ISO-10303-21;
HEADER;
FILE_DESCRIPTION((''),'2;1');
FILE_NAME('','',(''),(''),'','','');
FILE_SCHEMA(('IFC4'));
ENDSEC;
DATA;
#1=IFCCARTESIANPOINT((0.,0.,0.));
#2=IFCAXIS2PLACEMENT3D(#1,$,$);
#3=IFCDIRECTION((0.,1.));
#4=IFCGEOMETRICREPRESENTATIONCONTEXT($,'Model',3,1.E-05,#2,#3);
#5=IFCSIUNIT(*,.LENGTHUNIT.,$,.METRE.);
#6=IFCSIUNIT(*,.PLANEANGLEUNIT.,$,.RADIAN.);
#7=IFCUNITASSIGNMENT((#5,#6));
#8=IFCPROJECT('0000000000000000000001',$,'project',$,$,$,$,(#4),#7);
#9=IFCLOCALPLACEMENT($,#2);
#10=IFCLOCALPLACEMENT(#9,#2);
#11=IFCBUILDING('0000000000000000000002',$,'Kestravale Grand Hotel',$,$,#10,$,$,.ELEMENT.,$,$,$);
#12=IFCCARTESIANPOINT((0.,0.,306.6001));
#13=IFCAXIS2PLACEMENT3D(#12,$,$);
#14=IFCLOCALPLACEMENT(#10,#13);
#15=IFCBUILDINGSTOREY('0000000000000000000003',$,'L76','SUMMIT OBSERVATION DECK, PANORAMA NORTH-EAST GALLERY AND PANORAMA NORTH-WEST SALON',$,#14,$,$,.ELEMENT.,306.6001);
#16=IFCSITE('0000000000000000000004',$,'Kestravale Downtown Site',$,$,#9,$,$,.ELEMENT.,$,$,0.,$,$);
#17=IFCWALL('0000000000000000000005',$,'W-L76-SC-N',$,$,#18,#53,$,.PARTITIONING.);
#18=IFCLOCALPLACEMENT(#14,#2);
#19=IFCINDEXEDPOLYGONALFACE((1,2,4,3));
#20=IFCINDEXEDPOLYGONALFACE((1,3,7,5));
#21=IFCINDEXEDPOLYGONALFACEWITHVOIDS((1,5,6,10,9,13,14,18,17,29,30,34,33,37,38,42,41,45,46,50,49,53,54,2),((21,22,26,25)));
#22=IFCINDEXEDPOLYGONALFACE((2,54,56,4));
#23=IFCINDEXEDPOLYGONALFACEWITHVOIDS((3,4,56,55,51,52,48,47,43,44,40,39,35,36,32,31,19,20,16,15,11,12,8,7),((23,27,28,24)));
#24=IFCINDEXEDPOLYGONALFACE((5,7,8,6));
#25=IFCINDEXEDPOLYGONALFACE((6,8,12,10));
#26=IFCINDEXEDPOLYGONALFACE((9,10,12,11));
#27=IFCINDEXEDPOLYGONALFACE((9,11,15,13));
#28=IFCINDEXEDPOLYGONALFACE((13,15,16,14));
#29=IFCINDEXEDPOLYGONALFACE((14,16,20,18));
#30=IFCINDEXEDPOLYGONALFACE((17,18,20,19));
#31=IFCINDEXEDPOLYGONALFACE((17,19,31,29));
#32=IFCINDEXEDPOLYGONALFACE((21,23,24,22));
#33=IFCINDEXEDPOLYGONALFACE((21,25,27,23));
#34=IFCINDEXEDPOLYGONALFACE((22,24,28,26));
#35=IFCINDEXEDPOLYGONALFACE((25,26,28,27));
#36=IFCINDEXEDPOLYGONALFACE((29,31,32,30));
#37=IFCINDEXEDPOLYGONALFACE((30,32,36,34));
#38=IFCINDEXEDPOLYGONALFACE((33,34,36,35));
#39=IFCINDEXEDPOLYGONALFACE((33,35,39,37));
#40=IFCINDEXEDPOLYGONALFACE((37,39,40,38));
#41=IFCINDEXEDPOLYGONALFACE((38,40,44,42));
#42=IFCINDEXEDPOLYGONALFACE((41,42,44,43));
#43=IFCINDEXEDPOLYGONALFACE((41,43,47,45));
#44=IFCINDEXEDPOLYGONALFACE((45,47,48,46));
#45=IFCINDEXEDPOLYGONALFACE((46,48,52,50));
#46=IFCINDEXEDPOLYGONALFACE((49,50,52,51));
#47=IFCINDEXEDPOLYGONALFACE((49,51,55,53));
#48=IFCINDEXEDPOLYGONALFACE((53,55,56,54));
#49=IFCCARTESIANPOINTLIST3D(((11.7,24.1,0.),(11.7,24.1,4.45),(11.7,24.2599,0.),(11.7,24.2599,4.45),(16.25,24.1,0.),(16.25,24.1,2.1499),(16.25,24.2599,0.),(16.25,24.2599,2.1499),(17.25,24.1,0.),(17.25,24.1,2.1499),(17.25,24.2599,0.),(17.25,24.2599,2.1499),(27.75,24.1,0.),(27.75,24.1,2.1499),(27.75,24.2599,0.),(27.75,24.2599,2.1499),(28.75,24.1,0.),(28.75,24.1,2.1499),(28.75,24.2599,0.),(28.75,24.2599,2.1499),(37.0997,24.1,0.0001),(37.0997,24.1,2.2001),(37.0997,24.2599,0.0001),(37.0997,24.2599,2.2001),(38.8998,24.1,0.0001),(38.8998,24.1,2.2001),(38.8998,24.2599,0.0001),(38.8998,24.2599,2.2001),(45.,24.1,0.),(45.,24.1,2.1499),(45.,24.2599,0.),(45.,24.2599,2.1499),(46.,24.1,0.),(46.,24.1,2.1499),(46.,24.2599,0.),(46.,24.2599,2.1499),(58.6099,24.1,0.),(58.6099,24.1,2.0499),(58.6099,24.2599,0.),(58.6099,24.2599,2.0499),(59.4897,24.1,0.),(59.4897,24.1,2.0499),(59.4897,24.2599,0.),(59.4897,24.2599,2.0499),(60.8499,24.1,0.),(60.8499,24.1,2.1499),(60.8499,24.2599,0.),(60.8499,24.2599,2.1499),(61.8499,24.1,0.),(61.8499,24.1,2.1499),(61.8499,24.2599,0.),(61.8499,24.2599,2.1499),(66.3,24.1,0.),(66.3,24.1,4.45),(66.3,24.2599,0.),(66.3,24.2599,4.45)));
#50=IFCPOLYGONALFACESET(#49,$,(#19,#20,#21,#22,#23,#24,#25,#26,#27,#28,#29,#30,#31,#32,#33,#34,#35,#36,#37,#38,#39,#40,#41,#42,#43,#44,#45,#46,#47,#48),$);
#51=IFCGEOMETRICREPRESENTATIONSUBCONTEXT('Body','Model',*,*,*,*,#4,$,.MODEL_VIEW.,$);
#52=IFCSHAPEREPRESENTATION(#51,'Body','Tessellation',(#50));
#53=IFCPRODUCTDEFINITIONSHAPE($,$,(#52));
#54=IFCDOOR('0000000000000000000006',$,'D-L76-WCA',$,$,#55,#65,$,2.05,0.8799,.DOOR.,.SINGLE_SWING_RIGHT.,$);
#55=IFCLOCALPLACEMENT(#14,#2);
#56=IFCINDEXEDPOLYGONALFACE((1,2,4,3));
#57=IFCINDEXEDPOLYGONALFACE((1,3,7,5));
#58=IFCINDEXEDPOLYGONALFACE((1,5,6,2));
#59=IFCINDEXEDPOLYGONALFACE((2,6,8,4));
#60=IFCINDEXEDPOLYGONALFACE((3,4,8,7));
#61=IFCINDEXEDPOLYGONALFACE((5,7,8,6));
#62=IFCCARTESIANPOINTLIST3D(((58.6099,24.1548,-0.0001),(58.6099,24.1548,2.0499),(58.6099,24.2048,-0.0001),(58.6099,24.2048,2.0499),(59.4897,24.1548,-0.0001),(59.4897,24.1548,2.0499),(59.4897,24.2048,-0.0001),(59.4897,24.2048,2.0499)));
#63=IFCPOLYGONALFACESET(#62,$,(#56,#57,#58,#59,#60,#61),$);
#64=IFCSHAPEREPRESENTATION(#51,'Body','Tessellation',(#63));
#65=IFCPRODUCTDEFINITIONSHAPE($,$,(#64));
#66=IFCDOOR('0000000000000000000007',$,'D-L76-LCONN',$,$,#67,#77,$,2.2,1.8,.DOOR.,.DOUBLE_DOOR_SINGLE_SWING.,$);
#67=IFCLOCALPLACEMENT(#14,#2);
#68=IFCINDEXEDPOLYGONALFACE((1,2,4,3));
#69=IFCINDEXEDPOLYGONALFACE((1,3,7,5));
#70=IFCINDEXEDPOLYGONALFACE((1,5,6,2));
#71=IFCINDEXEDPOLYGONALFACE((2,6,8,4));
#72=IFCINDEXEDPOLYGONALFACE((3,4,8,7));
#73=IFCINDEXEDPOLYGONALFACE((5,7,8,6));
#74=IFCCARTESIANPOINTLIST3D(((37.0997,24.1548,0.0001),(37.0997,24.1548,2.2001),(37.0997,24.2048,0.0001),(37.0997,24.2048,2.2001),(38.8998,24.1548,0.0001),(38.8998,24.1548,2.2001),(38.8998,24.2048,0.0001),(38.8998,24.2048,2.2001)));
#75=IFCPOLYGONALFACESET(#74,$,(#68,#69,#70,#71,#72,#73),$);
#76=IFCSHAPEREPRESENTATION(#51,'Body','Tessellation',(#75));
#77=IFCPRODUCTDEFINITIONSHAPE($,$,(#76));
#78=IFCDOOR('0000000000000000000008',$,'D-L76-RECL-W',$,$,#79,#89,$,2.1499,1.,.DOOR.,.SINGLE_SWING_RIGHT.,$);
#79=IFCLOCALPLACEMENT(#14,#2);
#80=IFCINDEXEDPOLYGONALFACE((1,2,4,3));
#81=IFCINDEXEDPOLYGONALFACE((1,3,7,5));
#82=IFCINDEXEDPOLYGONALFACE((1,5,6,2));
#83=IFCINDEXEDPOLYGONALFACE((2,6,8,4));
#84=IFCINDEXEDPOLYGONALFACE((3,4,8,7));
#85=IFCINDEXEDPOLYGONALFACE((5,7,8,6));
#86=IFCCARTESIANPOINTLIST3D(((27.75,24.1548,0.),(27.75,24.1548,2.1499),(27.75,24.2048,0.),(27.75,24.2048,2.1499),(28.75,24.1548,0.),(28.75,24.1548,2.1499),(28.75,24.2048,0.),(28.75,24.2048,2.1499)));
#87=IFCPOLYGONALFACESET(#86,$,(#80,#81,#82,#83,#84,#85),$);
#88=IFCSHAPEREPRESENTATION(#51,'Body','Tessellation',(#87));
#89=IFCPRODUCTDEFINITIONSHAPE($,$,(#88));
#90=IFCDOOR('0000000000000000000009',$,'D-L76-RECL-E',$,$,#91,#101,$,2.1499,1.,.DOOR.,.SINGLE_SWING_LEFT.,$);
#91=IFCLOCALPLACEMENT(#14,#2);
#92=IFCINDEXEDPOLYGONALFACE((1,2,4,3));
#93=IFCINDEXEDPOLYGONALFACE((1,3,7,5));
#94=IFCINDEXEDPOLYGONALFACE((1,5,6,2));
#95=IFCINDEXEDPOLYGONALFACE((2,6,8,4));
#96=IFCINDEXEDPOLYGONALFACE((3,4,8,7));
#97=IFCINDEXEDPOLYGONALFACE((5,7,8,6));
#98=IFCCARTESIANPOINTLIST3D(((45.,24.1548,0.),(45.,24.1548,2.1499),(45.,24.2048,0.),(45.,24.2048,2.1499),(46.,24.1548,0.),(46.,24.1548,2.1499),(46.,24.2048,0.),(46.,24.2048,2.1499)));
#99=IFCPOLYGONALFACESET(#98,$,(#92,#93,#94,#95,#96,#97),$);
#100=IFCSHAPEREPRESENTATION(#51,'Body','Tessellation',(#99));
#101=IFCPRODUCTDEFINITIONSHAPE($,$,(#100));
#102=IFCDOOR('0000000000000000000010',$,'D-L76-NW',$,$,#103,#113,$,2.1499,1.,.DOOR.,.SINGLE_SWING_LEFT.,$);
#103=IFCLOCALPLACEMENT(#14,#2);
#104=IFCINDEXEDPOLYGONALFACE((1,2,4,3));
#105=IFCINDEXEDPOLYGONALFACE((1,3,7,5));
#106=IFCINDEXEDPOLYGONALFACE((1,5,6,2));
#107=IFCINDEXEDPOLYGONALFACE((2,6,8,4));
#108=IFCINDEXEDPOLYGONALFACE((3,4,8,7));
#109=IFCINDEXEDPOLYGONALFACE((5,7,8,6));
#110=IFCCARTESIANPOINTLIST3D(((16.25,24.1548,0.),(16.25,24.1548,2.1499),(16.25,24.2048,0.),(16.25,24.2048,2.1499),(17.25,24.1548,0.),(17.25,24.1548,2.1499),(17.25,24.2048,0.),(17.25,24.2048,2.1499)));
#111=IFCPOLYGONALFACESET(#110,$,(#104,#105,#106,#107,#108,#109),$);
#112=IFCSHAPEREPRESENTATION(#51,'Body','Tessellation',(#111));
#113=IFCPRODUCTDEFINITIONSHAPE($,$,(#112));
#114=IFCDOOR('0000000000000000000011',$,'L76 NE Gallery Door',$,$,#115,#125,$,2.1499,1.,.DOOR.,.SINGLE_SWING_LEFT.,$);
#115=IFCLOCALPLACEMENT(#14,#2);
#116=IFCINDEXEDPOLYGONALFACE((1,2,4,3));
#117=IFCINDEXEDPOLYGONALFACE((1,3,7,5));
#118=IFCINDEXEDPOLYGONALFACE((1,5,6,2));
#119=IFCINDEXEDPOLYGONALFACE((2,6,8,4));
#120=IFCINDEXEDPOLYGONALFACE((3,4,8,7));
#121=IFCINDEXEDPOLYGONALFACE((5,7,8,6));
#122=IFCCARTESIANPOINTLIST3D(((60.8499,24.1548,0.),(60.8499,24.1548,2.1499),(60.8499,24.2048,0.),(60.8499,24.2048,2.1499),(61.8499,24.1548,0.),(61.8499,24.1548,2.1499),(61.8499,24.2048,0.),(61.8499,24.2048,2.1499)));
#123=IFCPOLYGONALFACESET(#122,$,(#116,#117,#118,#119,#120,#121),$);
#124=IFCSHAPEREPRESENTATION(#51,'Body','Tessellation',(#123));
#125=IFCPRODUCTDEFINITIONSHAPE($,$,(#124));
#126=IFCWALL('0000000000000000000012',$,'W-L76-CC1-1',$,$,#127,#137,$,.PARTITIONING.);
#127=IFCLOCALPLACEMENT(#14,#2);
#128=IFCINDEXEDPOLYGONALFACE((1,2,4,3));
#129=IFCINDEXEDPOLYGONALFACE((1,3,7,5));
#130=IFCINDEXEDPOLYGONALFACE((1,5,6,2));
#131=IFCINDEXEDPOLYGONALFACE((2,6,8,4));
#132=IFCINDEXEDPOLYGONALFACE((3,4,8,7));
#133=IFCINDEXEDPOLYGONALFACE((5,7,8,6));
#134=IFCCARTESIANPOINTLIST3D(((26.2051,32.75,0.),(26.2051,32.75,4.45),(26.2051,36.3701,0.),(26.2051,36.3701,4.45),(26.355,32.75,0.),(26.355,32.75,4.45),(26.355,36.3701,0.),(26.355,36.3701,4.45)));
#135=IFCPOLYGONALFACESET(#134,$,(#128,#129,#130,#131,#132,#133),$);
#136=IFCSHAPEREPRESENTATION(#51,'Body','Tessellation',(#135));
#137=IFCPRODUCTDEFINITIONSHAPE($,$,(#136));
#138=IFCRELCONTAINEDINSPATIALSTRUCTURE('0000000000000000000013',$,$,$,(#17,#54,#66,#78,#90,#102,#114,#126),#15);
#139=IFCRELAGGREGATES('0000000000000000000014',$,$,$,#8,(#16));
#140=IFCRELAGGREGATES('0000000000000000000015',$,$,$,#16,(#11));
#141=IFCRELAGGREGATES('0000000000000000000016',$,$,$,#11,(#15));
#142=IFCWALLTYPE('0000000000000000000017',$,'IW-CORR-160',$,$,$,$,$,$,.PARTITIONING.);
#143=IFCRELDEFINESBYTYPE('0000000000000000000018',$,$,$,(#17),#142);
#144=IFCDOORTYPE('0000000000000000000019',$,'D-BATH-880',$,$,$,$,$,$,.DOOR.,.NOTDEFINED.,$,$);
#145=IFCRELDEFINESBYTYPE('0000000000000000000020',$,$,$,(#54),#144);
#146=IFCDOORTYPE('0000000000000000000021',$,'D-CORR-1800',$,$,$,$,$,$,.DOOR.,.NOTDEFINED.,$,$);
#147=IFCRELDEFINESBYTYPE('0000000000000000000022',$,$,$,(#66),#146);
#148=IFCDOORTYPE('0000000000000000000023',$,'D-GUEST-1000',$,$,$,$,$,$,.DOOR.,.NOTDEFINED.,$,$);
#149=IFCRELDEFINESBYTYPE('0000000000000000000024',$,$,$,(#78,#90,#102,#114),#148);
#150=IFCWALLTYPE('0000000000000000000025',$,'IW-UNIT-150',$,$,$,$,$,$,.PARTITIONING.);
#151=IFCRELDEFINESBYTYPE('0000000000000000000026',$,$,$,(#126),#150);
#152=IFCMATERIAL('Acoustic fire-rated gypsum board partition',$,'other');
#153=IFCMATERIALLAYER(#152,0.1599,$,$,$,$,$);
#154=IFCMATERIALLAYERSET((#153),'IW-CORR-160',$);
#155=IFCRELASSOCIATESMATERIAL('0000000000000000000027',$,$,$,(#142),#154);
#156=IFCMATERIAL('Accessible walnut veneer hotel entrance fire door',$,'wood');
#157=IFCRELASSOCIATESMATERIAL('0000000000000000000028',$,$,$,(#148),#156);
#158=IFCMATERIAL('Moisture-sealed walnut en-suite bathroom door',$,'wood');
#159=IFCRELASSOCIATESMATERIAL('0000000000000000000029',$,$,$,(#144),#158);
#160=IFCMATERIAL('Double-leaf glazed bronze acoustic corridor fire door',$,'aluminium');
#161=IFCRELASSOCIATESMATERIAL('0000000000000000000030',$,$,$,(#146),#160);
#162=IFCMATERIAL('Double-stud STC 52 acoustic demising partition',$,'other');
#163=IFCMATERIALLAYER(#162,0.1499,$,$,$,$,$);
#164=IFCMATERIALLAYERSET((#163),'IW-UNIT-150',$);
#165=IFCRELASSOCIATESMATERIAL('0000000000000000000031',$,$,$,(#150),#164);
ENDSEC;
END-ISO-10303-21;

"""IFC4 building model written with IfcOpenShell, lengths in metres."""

from ifc_helpers import new_model, si_unit, direction, frame, frame_2d, origin, place, context, subcontext, project, spatial, rectangle, extrude, material, layer, layer_set, type_object, element, fill, save


model = new_model("IFC4")

# Units and contexts
model_context = context("Model", 3, precision=1e-05, world=origin(), true_north=direction((0.0, 1.0)))
body_context = subcontext(model_context, "Body", "Model", "MODEL_VIEW")
ifc_project = project(units=[si_unit("LENGTHUNIT", "METRE"), si_unit("PLANEANGLEUNIT", "RADIAN")], contexts=[model_context])

# Site, building, storey
site_placement = place(None, origin())
site = spatial("IfcSite", under=ifc_project, at=site_placement, Name="Kestravale Downtown Site", CompositionType="ELEMENT", RefElevation=0.0)
building_placement = place(site_placement, origin())
building = spatial("IfcBuilding", under=site, at=building_placement, Name="Kestravale Grand Hotel", CompositionType="ELEMENT")
storey_placement = place(building_placement, frame((0.0, 0.0, 306.6001)))
storey = spatial("IfcBuildingStorey", under=building, at=storey_placement, Name="L76", Description="SUMMIT OBSERVATION DECK, PANORAMA NORTH-EAST GALLERY AND PANORAMA NORTH-WEST SALON", CompositionType="ELEMENT", Elevation=306.6001)

# Shared definitions
ifc_material_1 = material(Name="Acoustic fire-rated gypsum board partition", Category="other")
ifc_layer_1 = layer(ifc_material_1, 0.1599)
ifc_layer_set_1 = layer_set([ifc_layer_1], Name="IW-CORR-160")
wall_type_1 = type_object("IfcWallType", Name="IW-CORR-160", PredefinedType="PARTITIONING", material=ifc_layer_set_1)

# Wall, openings, doors
ifc_material_2 = material(Name="Accessible walnut veneer hotel entrance fire door", Category="wood")
door_type_1 = type_object("IfcDoorType", Name="D-GUEST-1000", OperationType="NOTDEFINED", PredefinedType="DOOR", material=ifc_material_2)
wall_1_placement = place(storey_placement, frame((11.7, 24.1799, 0.0), z_axis=(0.0, 0.0, 1.0), x_axis=(1.0, 0.0, 0.0)))
wall_1 = element("IfcWall", 1, at=wall_1_placement, inside=storey, type_object=wall_type_1, Name="W-L76-SC-N", PredefinedType="PARTITIONING", context=body_context, shape_type="SweptSolid", body=[
    extrude(rectangle(XDim=54.6001, YDim=0.1599, at=frame_2d((27.3, 0.0))), origin(), (0.0, 0.0, 1.0), 4.45),
])
opening_1_placement = place(wall_1_placement, frame((25.3999, 0.0, 0.0)))
opening_1 = element("IfcOpeningElement", 2, at=opening_1_placement, cuts=wall_1, PredefinedType="OPENING", context=body_context, shape_type="SweptSolid", body=[
    extrude(rectangle(XDim=1.8, YDim=2.2, at=frame_2d((0.8999, 1.1001))), frame((0.0, 0.0898, 0.0), z_axis=(0.0, -1.0, 0.0), x_axis=(1.0, 0.0, 0.0)), (0.0, 0.0, 1.0), 0.1799),
])
opening_2_placement = place(wall_1_placement, frame((16.05, 0.0, 0.0)))
opening_2 = element("IfcOpeningElement", 3, at=opening_2_placement, cuts=wall_1, PredefinedType="OPENING", context=body_context, shape_type="SweptSolid", body=[
    extrude(rectangle(XDim=1.0, YDim=2.1499, at=frame_2d((0.5, 1.075))), frame((0.0, 0.0898, 0.0), z_axis=(0.0, -1.0, 0.0), x_axis=(1.0, 0.0, 0.0)), (0.0, 0.0, 1.0), 0.1799),
])
opening_3_placement = place(wall_1_placement, frame((33.3, 0.0, 0.0)))
opening_3 = element("IfcOpeningElement", 4, at=opening_3_placement, cuts=wall_1, PredefinedType="OPENING", context=body_context, shape_type="SweptSolid", body=[
    extrude(rectangle(XDim=1.0, YDim=2.1499, at=frame_2d((0.5, 1.075))), frame((0.0, 0.0898, 0.0), z_axis=(0.0, -1.0, 0.0), x_axis=(1.0, 0.0, 0.0)), (0.0, 0.0, 1.0), 0.1799),
])
opening_4_placement = place(wall_1_placement, frame((4.55, 0.0, 0.0)))
opening_4 = element("IfcOpeningElement", 5, at=opening_4_placement, cuts=wall_1, PredefinedType="OPENING", context=body_context, shape_type="SweptSolid", body=[
    extrude(rectangle(XDim=1.0, YDim=2.1499, at=frame_2d((0.5, 1.075))), frame((0.0, 0.0898, 0.0), z_axis=(0.0, -1.0, 0.0), x_axis=(1.0, 0.0, 0.0)), (0.0, 0.0, 1.0), 0.1799),
])
opening_5_placement = place(wall_1_placement, frame((46.9099, 0.0, 0.0)))
opening_5 = element("IfcOpeningElement", 6, at=opening_5_placement, cuts=wall_1, PredefinedType="OPENING", context=body_context, shape_type="SweptSolid", body=[
    extrude(rectangle(XDim=0.8799, YDim=2.05, at=frame_2d((0.4399, 1.0249))), frame((0.0, 0.0898, 0.0), z_axis=(0.0, -1.0, 0.0), x_axis=(1.0, 0.0, 0.0)), (0.0, 0.0, 1.0), 0.1799),
])
opening_6_placement = place(wall_1_placement, frame((49.1499, 0.0, 0.0)))
opening_6 = element("IfcOpeningElement", 7, at=opening_6_placement, cuts=wall_1, PredefinedType="OPENING", context=body_context, shape_type="SweptSolid", body=[
    extrude(rectangle(XDim=1.0, YDim=2.1499, at=frame_2d((0.5, 1.075))), frame((0.0, 0.0898, 0.0), z_axis=(0.0, -1.0, 0.0), x_axis=(1.0, 0.0, 0.0)), (0.0, 0.0, 1.0), 0.1799),
])
ifc_material_3 = material(Name="Moisture-sealed walnut en-suite bathroom door", Category="wood")
door_type_2 = type_object("IfcDoorType", Name="D-BATH-880", OperationType="NOTDEFINED", PredefinedType="DOOR", material=ifc_material_3)
door_1_placement = place(opening_5_placement, origin())
door_1 = element("IfcDoor", 8, at=door_1_placement, inside=storey, type_object=door_type_2, Name="D-L76-WCA", OperationType="SINGLE_SWING_RIGHT", OverallHeight=2.05, OverallWidth=0.8799, PredefinedType="DOOR", context=body_context, shape_type="SweptSolid", body=[
    extrude(rectangle(XDim=0.8799, YDim=2.05, at=frame_2d((0.4399, 1.0249))), frame((0.0, 0.0249, 0.0), z_axis=(0.0, -1.0, 0.0), x_axis=(1.0, 0.0, 0.0)), (0.0, 0.0, 1.0), 0.05),
])
fill(opening_5, door_1)
ifc_material_4 = material(Name="Double-leaf glazed bronze acoustic corridor fire door", Category="aluminium")
door_type_3 = type_object("IfcDoorType", Name="D-CORR-1800", OperationType="NOTDEFINED", PredefinedType="DOOR", material=ifc_material_4)
door_2_placement = place(opening_1_placement, origin())
door_2 = element("IfcDoor", 9, at=door_2_placement, inside=storey, type_object=door_type_3, Name="D-L76-LCONN", OperationType="DOUBLE_DOOR_SINGLE_SWING", OverallHeight=2.2, OverallWidth=1.8, PredefinedType="DOOR", context=body_context, shape_type="SweptSolid", body=[
    extrude(rectangle(XDim=1.8, YDim=2.2, at=frame_2d((0.8999, 1.1001))), frame((0.0, 0.0249, 0.0), z_axis=(0.0, -1.0, 0.0), x_axis=(1.0, 0.0, 0.0)), (0.0, 0.0, 1.0), 0.05),
])
fill(opening_1, door_2)
door_3_placement = place(opening_2_placement, origin())
door_3 = element("IfcDoor", 10, at=door_3_placement, inside=storey, type_object=door_type_1, Name="D-L76-RECL-W", OperationType="SINGLE_SWING_RIGHT", OverallHeight=2.1499, OverallWidth=1.0, PredefinedType="DOOR", context=body_context, shape_type="SweptSolid", body=[
    extrude(rectangle(XDim=1.0, YDim=2.1499, at=frame_2d((0.5, 1.075))), frame((0.0, 0.0249, 0.0), z_axis=(0.0, -1.0, 0.0), x_axis=(1.0, 0.0, 0.0)), (0.0, 0.0, 1.0), 0.05),
])
fill(opening_2, door_3)
door_4_placement = place(opening_3_placement, origin())
door_4 = element("IfcDoor", 11, at=door_4_placement, inside=storey, type_object=door_type_1, Name="D-L76-RECL-E", OperationType="SINGLE_SWING_LEFT", OverallHeight=2.1499, OverallWidth=1.0, PredefinedType="DOOR", context=body_context, shape_type="SweptSolid", body=[
    extrude(rectangle(XDim=1.0, YDim=2.1499, at=frame_2d((0.5, 1.075))), frame((0.0, 0.0249, 0.0), z_axis=(0.0, -1.0, 0.0), x_axis=(1.0, 0.0, 0.0)), (0.0, 0.0, 1.0), 0.05),
])
fill(opening_3, door_4)
door_5_placement = place(opening_4_placement, origin())
door_5 = element("IfcDoor", 12, at=door_5_placement, inside=storey, type_object=door_type_1, Name="D-L76-NW", OperationType="SINGLE_SWING_LEFT", OverallHeight=2.1499, OverallWidth=1.0, PredefinedType="DOOR", context=body_context, shape_type="SweptSolid", body=[
    extrude(rectangle(XDim=1.0, YDim=2.1499, at=frame_2d((0.5, 1.075))), frame((0.0, 0.0249, 0.0), z_axis=(0.0, -1.0, 0.0), x_axis=(1.0, 0.0, 0.0)), (0.0, 0.0, 1.0), 0.05),
])
fill(opening_4, door_5)
door_6_placement = place(opening_6_placement, origin())
door_6 = element("IfcDoor", 13, at=door_6_placement, inside=storey, type_object=door_type_1, Name="L76 NE Gallery Door", OperationType="SINGLE_SWING_LEFT", OverallHeight=2.1499, OverallWidth=1.0, PredefinedType="DOOR", context=body_context, shape_type="SweptSolid", body=[
    extrude(rectangle(XDim=1.0, YDim=2.1499, at=frame_2d((0.5, 1.075))), frame((0.0, 0.0249, 0.0), z_axis=(0.0, -1.0, 0.0), x_axis=(1.0, 0.0, 0.0)), (0.0, 0.0, 1.0), 0.05),
])
fill(opening_6, door_6)

# Wall
ifc_material_5 = material(Name="Double-stud STC 52 acoustic demising partition", Category="other")
ifc_layer_2 = layer(ifc_material_5, 0.1499)
ifc_layer_set_2 = layer_set([ifc_layer_2], Name="IW-UNIT-150")
wall_type_2 = type_object("IfcWallType", Name="IW-UNIT-150", PredefinedType="PARTITIONING", material=ifc_layer_set_2)
wall_2_placement = place(storey_placement, frame((26.28, 32.75, 0.0), z_axis=(0.0, 0.0, 1.0), x_axis=(0.0, 1.0, 0.0)))
element("IfcWall", 14, at=wall_2_placement, inside=storey, type_object=wall_type_2, Name="W-L76-CC1-1", PredefinedType="PARTITIONING", context=body_context, shape_type="SweptSolid", body=[
    extrude(rectangle(XDim=3.6201, YDim=0.1499, at=frame_2d((1.8101, 0.0))), origin(), (0.0, 0.0, 1.0), 4.45),
])

save(model, "model.ifc")
